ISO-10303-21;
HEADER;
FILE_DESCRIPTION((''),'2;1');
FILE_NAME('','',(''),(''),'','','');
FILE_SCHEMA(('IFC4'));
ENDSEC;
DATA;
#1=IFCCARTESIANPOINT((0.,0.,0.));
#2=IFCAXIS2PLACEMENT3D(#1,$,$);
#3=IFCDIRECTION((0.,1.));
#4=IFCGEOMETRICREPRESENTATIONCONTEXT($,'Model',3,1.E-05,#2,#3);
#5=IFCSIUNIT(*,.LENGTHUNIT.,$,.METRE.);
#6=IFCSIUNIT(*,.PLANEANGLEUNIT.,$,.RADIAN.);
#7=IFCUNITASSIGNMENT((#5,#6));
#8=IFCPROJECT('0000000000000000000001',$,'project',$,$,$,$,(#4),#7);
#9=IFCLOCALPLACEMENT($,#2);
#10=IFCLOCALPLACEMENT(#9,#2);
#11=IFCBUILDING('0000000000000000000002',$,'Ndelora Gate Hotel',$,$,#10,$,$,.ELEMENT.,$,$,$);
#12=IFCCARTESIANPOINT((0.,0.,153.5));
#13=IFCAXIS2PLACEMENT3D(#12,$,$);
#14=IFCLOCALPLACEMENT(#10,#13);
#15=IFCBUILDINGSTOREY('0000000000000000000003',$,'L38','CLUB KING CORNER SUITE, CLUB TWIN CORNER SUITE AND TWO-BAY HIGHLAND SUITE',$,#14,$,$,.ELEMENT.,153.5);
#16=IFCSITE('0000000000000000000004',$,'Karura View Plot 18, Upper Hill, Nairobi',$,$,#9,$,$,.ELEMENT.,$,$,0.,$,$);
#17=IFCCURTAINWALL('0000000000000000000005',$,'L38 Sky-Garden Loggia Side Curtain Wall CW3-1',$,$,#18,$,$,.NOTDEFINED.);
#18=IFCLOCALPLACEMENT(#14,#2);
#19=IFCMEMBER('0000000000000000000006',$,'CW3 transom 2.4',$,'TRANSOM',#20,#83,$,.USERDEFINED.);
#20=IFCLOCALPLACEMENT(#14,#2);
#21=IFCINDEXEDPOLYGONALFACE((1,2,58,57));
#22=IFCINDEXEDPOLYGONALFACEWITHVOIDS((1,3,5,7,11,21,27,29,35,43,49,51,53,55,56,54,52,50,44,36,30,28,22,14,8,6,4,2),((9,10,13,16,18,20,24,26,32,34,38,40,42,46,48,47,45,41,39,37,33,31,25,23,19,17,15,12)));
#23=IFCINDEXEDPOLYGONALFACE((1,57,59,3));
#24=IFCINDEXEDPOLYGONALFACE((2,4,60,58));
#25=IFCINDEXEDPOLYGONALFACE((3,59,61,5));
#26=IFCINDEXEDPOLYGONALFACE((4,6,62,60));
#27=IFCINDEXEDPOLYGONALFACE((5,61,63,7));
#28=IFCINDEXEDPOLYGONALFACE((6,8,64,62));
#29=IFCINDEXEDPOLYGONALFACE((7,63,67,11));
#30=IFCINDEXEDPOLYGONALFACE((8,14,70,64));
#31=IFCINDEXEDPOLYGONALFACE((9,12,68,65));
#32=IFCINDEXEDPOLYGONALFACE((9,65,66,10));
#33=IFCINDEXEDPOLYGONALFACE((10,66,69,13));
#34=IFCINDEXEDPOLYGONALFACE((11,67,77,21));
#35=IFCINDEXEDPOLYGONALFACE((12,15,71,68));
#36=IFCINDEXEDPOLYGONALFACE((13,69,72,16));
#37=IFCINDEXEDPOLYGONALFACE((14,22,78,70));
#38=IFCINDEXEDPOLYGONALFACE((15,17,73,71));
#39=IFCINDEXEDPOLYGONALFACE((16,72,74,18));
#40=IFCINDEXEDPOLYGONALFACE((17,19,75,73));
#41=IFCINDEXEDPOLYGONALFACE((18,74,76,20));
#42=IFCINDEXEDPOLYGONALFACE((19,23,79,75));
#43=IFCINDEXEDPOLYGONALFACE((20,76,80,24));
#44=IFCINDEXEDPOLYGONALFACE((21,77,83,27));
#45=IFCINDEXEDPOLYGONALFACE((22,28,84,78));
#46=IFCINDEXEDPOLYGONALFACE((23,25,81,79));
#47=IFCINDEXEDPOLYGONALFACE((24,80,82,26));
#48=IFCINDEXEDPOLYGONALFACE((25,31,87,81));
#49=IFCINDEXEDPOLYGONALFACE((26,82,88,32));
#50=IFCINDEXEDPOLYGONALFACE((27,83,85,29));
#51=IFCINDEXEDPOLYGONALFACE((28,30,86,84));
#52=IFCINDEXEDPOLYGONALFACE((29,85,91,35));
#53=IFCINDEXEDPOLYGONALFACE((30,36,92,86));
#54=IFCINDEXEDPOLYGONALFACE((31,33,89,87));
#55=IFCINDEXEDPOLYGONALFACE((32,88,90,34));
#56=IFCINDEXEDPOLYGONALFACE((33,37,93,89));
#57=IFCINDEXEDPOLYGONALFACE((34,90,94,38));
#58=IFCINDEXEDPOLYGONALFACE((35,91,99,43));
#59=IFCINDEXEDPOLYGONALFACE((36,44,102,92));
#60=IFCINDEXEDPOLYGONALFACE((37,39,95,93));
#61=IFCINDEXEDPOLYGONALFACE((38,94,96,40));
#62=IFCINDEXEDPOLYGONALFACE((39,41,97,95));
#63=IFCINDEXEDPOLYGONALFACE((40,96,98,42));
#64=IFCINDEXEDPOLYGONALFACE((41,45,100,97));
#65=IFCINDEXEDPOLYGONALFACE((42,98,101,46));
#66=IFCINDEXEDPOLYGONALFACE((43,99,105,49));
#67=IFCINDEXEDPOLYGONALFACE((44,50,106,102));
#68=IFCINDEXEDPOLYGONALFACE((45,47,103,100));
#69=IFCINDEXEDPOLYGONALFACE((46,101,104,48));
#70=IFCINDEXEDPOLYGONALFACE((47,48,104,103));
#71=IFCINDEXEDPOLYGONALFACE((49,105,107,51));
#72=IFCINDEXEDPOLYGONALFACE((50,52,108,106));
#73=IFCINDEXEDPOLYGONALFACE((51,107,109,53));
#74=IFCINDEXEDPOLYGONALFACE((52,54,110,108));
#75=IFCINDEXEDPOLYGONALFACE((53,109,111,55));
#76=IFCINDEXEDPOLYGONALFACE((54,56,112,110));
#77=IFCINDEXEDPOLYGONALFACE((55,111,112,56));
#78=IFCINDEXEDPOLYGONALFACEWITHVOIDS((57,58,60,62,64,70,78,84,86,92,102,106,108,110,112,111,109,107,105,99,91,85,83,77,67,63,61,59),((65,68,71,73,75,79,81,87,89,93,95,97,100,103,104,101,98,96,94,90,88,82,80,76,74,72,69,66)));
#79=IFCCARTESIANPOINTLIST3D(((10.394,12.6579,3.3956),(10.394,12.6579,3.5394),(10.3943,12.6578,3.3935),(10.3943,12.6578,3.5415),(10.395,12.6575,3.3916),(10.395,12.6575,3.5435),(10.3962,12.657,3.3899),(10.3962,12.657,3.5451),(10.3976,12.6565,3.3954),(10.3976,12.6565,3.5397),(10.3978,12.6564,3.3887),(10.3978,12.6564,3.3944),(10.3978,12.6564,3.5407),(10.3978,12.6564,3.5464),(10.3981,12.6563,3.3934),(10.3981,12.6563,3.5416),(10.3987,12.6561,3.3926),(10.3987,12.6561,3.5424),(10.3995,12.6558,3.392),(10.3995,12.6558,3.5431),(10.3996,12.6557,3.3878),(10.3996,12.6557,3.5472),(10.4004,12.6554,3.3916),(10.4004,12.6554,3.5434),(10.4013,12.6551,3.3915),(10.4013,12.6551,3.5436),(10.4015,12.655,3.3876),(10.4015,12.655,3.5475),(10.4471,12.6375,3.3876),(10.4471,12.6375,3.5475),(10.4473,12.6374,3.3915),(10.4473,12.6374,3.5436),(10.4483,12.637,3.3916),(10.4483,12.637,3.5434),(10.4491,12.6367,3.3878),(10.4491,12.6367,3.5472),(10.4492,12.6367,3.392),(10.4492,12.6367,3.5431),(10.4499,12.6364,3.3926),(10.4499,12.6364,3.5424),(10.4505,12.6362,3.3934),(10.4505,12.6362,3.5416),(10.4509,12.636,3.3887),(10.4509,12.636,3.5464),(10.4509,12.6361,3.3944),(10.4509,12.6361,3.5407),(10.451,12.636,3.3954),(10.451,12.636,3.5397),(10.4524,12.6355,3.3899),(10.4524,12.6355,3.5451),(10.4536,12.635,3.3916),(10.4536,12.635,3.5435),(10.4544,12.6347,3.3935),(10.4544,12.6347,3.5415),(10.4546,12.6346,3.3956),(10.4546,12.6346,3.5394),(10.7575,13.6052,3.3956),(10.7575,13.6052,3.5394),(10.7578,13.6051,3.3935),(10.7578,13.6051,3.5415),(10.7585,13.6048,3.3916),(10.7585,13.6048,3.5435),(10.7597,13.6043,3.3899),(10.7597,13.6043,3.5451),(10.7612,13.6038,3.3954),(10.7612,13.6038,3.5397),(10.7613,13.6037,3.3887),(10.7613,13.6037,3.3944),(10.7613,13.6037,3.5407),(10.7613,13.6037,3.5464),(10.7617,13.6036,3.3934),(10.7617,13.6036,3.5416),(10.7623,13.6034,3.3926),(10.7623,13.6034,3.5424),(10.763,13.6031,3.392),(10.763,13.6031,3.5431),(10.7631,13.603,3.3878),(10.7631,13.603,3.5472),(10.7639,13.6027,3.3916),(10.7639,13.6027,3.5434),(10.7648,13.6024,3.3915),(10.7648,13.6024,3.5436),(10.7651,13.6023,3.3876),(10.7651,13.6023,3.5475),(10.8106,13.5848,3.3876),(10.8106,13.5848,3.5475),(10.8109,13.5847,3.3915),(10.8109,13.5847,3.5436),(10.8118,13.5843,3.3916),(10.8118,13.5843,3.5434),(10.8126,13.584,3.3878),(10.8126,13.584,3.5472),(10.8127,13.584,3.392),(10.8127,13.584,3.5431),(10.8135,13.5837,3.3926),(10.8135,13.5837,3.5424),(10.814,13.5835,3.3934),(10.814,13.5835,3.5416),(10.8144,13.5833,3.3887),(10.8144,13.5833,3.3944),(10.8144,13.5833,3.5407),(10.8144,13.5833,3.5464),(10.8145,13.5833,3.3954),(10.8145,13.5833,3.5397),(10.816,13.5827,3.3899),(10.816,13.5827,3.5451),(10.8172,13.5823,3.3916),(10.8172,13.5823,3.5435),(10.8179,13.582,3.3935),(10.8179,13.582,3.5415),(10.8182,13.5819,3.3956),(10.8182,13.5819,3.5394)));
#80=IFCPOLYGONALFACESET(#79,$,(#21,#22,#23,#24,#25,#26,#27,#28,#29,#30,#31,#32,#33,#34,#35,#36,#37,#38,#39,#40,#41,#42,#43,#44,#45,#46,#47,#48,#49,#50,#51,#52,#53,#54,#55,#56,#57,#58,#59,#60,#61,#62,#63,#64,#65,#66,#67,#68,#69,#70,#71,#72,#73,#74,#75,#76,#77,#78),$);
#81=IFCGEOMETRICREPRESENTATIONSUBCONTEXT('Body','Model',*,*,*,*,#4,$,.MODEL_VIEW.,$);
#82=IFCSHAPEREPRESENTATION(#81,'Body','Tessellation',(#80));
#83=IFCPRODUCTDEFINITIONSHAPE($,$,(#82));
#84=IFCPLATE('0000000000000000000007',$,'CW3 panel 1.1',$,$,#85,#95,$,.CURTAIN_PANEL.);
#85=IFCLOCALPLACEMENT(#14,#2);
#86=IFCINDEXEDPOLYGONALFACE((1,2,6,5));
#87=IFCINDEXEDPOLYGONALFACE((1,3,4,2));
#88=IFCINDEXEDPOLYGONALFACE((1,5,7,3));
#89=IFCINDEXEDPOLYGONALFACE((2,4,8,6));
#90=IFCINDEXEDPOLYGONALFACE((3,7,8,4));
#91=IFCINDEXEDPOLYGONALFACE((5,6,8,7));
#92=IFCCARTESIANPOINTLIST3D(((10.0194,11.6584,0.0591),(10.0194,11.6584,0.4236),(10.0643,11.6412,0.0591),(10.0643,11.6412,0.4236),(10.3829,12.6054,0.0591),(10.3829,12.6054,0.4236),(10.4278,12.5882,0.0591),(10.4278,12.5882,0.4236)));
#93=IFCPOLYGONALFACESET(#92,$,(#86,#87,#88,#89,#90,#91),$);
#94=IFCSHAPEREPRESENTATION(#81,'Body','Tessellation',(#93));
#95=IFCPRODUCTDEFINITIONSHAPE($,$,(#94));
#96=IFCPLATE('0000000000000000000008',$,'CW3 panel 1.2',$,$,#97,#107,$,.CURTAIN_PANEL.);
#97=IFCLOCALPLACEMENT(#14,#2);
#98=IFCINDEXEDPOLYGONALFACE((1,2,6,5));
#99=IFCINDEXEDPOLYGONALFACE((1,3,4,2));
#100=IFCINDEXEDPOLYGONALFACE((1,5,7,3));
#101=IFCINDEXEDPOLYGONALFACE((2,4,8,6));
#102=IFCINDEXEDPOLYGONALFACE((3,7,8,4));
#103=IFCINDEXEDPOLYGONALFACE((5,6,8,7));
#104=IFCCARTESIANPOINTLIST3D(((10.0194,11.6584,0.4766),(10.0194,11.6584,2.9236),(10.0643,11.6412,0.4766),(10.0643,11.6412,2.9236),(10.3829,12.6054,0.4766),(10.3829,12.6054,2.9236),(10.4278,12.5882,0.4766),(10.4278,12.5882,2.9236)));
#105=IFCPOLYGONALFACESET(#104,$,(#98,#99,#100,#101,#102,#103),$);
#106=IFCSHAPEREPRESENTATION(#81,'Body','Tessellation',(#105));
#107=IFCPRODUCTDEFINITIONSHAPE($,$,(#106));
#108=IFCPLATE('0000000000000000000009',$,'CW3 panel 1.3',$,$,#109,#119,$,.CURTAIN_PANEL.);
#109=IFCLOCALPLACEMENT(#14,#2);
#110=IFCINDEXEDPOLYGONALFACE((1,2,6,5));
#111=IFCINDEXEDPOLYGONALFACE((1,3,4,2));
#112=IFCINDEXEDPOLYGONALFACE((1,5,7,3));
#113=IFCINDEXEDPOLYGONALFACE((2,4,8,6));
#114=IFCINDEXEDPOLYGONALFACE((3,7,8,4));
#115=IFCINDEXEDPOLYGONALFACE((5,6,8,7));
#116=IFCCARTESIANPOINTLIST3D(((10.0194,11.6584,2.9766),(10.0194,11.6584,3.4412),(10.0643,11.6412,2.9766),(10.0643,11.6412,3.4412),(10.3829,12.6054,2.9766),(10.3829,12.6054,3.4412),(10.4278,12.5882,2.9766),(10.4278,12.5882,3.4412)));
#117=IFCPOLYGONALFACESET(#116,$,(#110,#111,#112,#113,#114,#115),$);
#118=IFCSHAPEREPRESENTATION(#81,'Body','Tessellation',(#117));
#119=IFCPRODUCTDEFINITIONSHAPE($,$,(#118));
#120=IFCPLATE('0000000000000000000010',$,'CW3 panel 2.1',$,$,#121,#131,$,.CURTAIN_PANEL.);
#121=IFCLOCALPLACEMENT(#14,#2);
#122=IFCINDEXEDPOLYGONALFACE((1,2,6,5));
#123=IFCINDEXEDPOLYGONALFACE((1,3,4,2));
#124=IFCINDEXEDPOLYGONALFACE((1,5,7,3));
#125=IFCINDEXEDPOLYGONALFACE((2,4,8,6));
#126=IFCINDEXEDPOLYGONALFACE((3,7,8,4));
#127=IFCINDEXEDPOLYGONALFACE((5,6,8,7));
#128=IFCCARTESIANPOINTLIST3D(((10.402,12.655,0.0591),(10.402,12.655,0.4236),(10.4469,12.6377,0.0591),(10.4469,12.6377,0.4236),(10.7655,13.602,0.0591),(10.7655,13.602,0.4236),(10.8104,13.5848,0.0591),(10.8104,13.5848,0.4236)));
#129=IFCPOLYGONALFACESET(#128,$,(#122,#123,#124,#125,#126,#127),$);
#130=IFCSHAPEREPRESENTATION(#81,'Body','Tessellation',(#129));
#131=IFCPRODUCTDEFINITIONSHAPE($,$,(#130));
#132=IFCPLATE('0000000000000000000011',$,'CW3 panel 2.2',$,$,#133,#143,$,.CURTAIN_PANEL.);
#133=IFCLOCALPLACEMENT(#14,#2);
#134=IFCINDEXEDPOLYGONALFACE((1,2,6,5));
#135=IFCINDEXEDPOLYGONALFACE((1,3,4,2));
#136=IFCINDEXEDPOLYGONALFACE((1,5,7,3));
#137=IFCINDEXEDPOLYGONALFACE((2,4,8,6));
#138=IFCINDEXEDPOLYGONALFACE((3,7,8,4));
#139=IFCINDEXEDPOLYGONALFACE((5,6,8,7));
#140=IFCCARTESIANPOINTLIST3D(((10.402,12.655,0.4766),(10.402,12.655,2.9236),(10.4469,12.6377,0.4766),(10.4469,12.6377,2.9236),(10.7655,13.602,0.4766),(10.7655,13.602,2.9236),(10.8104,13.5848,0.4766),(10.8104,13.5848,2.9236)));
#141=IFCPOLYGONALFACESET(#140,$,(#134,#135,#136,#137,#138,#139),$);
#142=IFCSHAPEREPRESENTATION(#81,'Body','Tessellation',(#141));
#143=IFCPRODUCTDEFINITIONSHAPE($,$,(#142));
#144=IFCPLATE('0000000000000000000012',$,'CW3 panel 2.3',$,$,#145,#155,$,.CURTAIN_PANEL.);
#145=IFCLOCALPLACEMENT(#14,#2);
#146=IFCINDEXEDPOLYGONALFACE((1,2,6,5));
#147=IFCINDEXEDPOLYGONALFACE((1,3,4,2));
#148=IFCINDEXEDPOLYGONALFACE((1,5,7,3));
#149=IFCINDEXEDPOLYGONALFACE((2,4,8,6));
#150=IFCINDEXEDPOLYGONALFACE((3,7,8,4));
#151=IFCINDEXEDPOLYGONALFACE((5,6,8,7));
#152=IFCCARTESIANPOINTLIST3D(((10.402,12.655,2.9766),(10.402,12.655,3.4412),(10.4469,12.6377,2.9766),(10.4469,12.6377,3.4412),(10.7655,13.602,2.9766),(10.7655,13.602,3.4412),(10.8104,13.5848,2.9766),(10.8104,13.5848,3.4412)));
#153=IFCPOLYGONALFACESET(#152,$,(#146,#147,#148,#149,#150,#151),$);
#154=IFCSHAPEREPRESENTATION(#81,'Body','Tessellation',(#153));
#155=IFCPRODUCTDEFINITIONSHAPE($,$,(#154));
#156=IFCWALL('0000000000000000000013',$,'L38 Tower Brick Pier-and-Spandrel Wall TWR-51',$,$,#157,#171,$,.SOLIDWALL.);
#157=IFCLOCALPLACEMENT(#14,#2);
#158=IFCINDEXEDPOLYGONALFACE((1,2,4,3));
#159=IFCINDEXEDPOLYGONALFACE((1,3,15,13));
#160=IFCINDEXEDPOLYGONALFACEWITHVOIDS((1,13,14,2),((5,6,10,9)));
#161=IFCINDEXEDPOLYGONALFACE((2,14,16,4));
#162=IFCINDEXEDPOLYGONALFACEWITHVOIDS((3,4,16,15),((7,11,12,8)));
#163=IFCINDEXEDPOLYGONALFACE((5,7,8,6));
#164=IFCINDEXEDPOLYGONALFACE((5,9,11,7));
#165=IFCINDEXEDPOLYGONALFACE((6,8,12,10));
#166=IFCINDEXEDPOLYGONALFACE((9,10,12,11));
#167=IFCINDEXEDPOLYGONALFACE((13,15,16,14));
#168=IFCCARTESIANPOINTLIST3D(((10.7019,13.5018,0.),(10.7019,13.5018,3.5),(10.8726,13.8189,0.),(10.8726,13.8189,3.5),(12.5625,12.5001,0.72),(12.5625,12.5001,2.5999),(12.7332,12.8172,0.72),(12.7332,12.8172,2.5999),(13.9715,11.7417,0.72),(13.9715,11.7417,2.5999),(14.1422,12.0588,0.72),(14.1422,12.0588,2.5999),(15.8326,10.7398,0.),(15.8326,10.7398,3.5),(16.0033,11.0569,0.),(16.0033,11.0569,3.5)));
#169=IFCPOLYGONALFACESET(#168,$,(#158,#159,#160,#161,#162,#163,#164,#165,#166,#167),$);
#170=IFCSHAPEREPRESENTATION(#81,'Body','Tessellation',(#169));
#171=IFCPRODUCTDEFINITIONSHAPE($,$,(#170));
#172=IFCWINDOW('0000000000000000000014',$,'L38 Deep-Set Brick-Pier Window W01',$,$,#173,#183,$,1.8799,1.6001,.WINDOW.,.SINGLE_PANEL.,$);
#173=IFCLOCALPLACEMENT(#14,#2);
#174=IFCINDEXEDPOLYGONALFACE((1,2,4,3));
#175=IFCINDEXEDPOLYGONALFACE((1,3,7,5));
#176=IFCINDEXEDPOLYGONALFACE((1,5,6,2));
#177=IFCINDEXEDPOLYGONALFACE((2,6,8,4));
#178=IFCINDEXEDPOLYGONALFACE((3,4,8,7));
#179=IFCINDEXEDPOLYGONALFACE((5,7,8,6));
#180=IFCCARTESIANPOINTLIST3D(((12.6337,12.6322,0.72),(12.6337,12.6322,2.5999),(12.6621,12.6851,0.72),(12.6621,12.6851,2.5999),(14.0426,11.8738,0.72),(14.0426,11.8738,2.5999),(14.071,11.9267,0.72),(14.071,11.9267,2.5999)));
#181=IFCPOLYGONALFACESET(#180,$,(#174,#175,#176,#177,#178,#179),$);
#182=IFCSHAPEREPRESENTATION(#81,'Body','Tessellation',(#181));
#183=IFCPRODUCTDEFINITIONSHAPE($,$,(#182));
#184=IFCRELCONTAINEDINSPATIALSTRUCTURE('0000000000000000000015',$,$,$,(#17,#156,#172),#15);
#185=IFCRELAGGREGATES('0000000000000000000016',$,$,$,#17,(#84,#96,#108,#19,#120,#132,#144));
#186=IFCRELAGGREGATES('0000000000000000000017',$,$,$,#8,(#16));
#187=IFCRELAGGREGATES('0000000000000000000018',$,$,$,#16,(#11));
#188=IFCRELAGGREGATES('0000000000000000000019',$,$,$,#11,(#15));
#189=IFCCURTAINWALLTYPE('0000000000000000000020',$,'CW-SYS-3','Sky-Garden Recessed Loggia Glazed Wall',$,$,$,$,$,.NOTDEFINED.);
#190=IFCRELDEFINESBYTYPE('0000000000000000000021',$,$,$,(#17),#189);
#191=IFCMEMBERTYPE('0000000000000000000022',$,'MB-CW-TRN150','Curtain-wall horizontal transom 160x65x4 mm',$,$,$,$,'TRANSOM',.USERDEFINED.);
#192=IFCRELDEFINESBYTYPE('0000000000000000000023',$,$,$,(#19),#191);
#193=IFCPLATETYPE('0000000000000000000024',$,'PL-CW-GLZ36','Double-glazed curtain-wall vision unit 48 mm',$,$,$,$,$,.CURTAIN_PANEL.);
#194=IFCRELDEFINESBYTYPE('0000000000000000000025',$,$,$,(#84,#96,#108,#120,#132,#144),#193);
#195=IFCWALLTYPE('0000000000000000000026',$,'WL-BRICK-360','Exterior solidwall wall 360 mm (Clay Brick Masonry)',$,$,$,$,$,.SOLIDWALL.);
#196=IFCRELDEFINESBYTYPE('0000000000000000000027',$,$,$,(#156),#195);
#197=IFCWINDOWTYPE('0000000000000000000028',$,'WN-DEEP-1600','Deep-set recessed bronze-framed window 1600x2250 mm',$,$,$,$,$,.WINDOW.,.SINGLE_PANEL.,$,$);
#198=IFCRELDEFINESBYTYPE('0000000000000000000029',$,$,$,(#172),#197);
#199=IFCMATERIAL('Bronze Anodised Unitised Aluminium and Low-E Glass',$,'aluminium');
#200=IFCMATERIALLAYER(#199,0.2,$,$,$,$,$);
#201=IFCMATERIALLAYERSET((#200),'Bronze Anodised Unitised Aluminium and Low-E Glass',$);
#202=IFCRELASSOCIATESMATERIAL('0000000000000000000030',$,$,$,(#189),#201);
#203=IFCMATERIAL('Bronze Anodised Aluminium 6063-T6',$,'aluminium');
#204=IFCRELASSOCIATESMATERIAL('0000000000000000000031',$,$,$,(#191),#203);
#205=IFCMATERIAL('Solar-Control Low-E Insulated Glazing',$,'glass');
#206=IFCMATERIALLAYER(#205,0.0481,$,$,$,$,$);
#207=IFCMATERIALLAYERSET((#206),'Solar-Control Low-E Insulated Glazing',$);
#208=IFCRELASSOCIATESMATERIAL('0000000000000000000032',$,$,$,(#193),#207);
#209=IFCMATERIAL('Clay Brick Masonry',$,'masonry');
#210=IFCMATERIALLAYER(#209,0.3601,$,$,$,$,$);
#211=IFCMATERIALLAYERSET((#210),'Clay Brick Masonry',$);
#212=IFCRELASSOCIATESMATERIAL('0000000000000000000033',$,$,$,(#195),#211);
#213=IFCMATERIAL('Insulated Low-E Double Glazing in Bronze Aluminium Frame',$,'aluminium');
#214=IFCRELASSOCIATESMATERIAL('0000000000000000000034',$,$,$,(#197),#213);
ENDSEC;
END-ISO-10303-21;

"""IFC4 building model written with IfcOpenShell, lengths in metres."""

from ifc_helpers import new_model, si_unit, direction, frame, frame_2d, origin, origin_2d, place, context, subcontext, project, spatial, rectangle, hollow_rectangle, extrude, material, layer, layer_set, material_profile, profile_set, type_object, element, fill, aggregate, save


model = new_model("IFC4")

# Units and contexts
model_context = context("Model", 3, precision=1e-05, world=origin(), true_north=direction((0.0, 1.0)))
body_context = subcontext(model_context, "Body", "Model", "MODEL_VIEW")
ifc_project = project(units=[si_unit("LENGTHUNIT", "METRE"), si_unit("PLANEANGLEUNIT", "RADIAN")], contexts=[model_context])

# Site, building, storey
site_placement = place(None, origin())
site = spatial("IfcSite", under=ifc_project, at=site_placement, Name="Karura View Plot 18, Upper Hill, Nairobi", CompositionType="ELEMENT", RefElevation=0.0)
building_placement = place(site_placement, origin())
building = spatial("IfcBuilding", under=site, at=building_placement, Name="Ndelora Gate Hotel", CompositionType="ELEMENT")
storey_placement = place(building_placement, frame((0.0, 0.0, 153.5)))
storey = spatial("IfcBuildingStorey", under=building, at=storey_placement, Name="L38", Description="CLUB KING CORNER SUITE, CLUB TWIN CORNER SUITE AND TWO-BAY HIGHLAND SUITE", CompositionType="ELEMENT", Elevation=153.5)

# Curtain wall, member, plates
ifc_material_1 = material(Name="Bronze Anodised Unitised Aluminium and Low-E Glass", Category="aluminium")
ifc_layer_1 = layer(ifc_material_1, 0.2)
ifc_layer_set_1 = layer_set([ifc_layer_1], Name="Bronze Anodised Unitised Aluminium and Low-E Glass")
curtain_wall_type = type_object("IfcCurtainWallType", Name="CW-SYS-3", Description="Sky-Garden Recessed Loggia Glazed Wall", PredefinedType="NOTDEFINED", material=ifc_layer_set_1)
curtain_wall_placement = place(storey_placement, origin())
curtain_wall = element("IfcCurtainWall", 1, at=curtain_wall_placement, inside=storey, type_object=curtain_wall_type, Name="L38 Sky-Garden Loggia Side Curtain Wall CW3-1", PredefinedType="NOTDEFINED")
ifc_material_2 = material(Name="Bronze Anodised Aluminium 6063-T6", Category="aluminium")
ifc_material_profile_1 = material_profile(ifc_material_2, hollow_rectangle(XDim=0.0649, YDim=0.1599, WallThickness=0.0039, InnerFilletRadius=0.0039, OuterFilletRadius=0.0081, at=origin_2d()), Name="ALU 160x65x4")
ifc_profile_set_1 = profile_set([ifc_material_profile_1], Name="Bronze Anodised Aluminium 6063-T6")
member_type_1 = type_object("IfcMemberType", Name="MB-CW-TRN150", Description="Curtain-wall horizontal transom 160x65x4 mm", ElementType="TRANSOM", PredefinedType="USERDEFINED", material=ifc_profile_set_1)
member_1_placement = place(storey_placement, frame((10.4243, 12.6462, 3.4675), z_axis=(0.358286, 0.933612, 0.0), x_axis=(-0.933612, 0.358286, 0.0)))
member_1 = element("IfcMember", 2, at=member_1_placement, type_object=member_type_1, Name="CW3 transom 2.4", ObjectType="TRANSOM", PredefinedType="USERDEFINED", context=body_context, shape_type="SweptSolid", body=[
    extrude(hollow_rectangle(XDim=0.0649, YDim=0.1599, WallThickness=0.0039, InnerFilletRadius=0.0039, OuterFilletRadius=0.0081, at=origin_2d()), origin(), (0.0, 0.0, 1.0), 1.0146),
])
ifc_material_3 = material(Name="Solar-Control Low-E Insulated Glazing", Category="glass")
ifc_layer_2 = layer(ifc_material_3, 0.0481)
ifc_layer_set_2 = layer_set([ifc_layer_2], Name="Solar-Control Low-E Insulated Glazing")
plate_type = type_object("IfcPlateType", Name="PL-CW-GLZ36", Description="Double-glazed curtain-wall vision unit 48 mm", PredefinedType="CURTAIN_PANEL", material=ifc_layer_set_2)
plate_1_placement = place(storey_placement, frame((10.2236, 12.1233, 0.0591), z_axis=(0.0, 0.0, 1.0), x_axis=(0.358361, 0.933583, 0.0)))
plate_1 = element("IfcPlate", 3, at=plate_1_placement, type_object=plate_type, Name="CW3 panel 1.1", PredefinedType="CURTAIN_PANEL", context=body_context, shape_type="SweptSolid", body=[
    extrude(rectangle(XDim=1.0144, YDim=0.0481, at=origin_2d()), origin(), (0.0, 0.0, 1.0), 0.3645),
])
plate_2_placement = place(storey_placement, frame((10.2236, 12.1233, 0.4766), z_axis=(0.0, 0.0, 1.0), x_axis=(0.358361, 0.933583, 0.0)))
plate_2 = element("IfcPlate", 4, at=plate_2_placement, type_object=plate_type, Name="CW3 panel 1.2", PredefinedType="CURTAIN_PANEL", context=body_context, shape_type="SweptSolid", body=[
    extrude(rectangle(XDim=1.0144, YDim=0.0481, at=origin_2d()), origin(), (0.0, 0.0, 1.0), 2.447),
])
plate_3_placement = place(storey_placement, frame((10.2236, 12.1233, 2.9766), z_axis=(0.0, 0.0, 1.0), x_axis=(0.358361, 0.933583, 0.0)))
plate_3 = element("IfcPlate", 5, at=plate_3_placement, type_object=plate_type, Name="CW3 panel 1.3", PredefinedType="CURTAIN_PANEL", context=body_context, shape_type="SweptSolid", body=[
    extrude(rectangle(XDim=1.0144, YDim=0.0481, at=origin_2d()), origin(), (0.0, 0.0, 1.0), 0.4646),
])
plate_4_placement = place(storey_placement, frame((10.6062, 13.1199, 0.0591), z_axis=(0.0, 0.0, 1.0), x_axis=(0.358361, 0.933583, 0.0)))
plate_4 = element("IfcPlate", 6, at=plate_4_placement, type_object=plate_type, Name="CW3 panel 2.1", PredefinedType="CURTAIN_PANEL", context=body_context, shape_type="SweptSolid", body=[
    extrude(rectangle(XDim=1.0144, YDim=0.0481, at=origin_2d()), origin(), (0.0, 0.0, 1.0), 0.3645),
])
plate_5_placement = place(storey_placement, frame((10.6062, 13.1199, 0.4766), z_axis=(0.0, 0.0, 1.0), x_axis=(0.358361, 0.933583, 0.0)))
plate_5 = element("IfcPlate", 7, at=plate_5_placement, type_object=plate_type, Name="CW3 panel 2.2", PredefinedType="CURTAIN_PANEL", context=body_context, shape_type="SweptSolid", body=[
    extrude(rectangle(XDim=1.0144, YDim=0.0481, at=origin_2d()), origin(), (0.0, 0.0, 1.0), 2.447),
])
plate_6_placement = place(storey_placement, frame((10.6062, 13.1199, 2.9766), z_axis=(0.0, 0.0, 1.0), x_axis=(0.358361, 0.933583, 0.0)))
plate_6 = element("IfcPlate", 8, at=plate_6_placement, type_object=plate_type, Name="CW3 panel 2.3", PredefinedType="CURTAIN_PANEL", context=body_context, shape_type="SweptSolid", body=[
    extrude(rectangle(XDim=1.0144, YDim=0.0481, at=origin_2d()), origin(), (0.0, 0.0, 1.0), 0.4646),
])
aggregate(curtain_wall, [plate_1, plate_2, plate_3, member_1, plate_4, plate_5, plate_6])

# Wall, opening, window
ifc_material_4 = material(Name="Clay Brick Masonry", Category="masonry")
ifc_layer_3 = layer(ifc_material_4, 0.3601)
ifc_layer_set_3 = layer_set([ifc_layer_3], Name="Clay Brick Masonry")
wall_type_1 = type_object("IfcWallType", Name="WL-BRICK-360", Description="Exterior solidwall wall 360 mm (Clay Brick Masonry)", PredefinedType="SOLIDWALL", material=ifc_layer_set_3)
wall_1_placement = place(storey_placement, frame((10.7871, 13.6604, 0.0), z_axis=(0.0, 0.0, 1.0), x_axis=(0.88052, -0.47401, 0.0)))
wall_1 = element("IfcWall", 9, at=wall_1_placement, inside=storey, type_object=wall_type_1, Name="L38 Tower Brick Pier-and-Spandrel Wall TWR-51", PredefinedType="SOLIDWALL", context=body_context, shape_type="SweptSolid", body=[
    extrude(rectangle(XDim=5.8269, YDim=0.3601, at=frame_2d((2.9136, 0.0))), origin(), (0.0, 0.0, 1.0), 3.5),
])
opening_1_placement = place(wall_1_placement, frame((2.1133, 0.0, 0.72)))
opening_1 = element("IfcOpeningElement", 10, at=opening_1_placement, cuts=wall_1, PredefinedType="OPENING", context=body_context, shape_type="SweptSolid", body=[
    extrude(rectangle(XDim=1.6001, YDim=1.8799, at=frame_2d((0.8, 0.9399))), frame((0.0, 0.1899, 0.0), z_axis=(0.0, -1.0, 0.0), x_axis=(1.0, 0.0, 0.0)), (0.0, 0.0, 1.0), 0.3801),
])
ifc_material_5 = material(Name="Insulated Low-E Double Glazing in Bronze Aluminium Frame", Category="aluminium")
window_type = type_object("IfcWindowType", Name="WN-DEEP-1600", Description="Deep-set recessed bronze-framed window 1600x2250 mm", PartitioningType="SINGLE_PANEL", PredefinedType="WINDOW", material=ifc_material_5)
window_placement = place(opening_1_placement, origin())
window = element("IfcWindow", 11, at=window_placement, inside=storey, type_object=window_type, Name="L38 Deep-Set Brick-Pier Window W01", OverallHeight=1.8799, OverallWidth=1.6001, PartitioningType="SINGLE_PANEL", PredefinedType="WINDOW", context=body_context, shape_type="SweptSolid", body=[
    extrude(rectangle(XDim=1.6001, YDim=1.8799, at=frame_2d((0.8, 0.9399))), frame((0.0, 0.03, 0.0), z_axis=(0.0, -1.0, 0.0), x_axis=(1.0, 0.0, 0.0)), (0.0, 0.0, 1.0), 0.0601),
])
fill(opening_1, window)

save(model, "model.ifc")
